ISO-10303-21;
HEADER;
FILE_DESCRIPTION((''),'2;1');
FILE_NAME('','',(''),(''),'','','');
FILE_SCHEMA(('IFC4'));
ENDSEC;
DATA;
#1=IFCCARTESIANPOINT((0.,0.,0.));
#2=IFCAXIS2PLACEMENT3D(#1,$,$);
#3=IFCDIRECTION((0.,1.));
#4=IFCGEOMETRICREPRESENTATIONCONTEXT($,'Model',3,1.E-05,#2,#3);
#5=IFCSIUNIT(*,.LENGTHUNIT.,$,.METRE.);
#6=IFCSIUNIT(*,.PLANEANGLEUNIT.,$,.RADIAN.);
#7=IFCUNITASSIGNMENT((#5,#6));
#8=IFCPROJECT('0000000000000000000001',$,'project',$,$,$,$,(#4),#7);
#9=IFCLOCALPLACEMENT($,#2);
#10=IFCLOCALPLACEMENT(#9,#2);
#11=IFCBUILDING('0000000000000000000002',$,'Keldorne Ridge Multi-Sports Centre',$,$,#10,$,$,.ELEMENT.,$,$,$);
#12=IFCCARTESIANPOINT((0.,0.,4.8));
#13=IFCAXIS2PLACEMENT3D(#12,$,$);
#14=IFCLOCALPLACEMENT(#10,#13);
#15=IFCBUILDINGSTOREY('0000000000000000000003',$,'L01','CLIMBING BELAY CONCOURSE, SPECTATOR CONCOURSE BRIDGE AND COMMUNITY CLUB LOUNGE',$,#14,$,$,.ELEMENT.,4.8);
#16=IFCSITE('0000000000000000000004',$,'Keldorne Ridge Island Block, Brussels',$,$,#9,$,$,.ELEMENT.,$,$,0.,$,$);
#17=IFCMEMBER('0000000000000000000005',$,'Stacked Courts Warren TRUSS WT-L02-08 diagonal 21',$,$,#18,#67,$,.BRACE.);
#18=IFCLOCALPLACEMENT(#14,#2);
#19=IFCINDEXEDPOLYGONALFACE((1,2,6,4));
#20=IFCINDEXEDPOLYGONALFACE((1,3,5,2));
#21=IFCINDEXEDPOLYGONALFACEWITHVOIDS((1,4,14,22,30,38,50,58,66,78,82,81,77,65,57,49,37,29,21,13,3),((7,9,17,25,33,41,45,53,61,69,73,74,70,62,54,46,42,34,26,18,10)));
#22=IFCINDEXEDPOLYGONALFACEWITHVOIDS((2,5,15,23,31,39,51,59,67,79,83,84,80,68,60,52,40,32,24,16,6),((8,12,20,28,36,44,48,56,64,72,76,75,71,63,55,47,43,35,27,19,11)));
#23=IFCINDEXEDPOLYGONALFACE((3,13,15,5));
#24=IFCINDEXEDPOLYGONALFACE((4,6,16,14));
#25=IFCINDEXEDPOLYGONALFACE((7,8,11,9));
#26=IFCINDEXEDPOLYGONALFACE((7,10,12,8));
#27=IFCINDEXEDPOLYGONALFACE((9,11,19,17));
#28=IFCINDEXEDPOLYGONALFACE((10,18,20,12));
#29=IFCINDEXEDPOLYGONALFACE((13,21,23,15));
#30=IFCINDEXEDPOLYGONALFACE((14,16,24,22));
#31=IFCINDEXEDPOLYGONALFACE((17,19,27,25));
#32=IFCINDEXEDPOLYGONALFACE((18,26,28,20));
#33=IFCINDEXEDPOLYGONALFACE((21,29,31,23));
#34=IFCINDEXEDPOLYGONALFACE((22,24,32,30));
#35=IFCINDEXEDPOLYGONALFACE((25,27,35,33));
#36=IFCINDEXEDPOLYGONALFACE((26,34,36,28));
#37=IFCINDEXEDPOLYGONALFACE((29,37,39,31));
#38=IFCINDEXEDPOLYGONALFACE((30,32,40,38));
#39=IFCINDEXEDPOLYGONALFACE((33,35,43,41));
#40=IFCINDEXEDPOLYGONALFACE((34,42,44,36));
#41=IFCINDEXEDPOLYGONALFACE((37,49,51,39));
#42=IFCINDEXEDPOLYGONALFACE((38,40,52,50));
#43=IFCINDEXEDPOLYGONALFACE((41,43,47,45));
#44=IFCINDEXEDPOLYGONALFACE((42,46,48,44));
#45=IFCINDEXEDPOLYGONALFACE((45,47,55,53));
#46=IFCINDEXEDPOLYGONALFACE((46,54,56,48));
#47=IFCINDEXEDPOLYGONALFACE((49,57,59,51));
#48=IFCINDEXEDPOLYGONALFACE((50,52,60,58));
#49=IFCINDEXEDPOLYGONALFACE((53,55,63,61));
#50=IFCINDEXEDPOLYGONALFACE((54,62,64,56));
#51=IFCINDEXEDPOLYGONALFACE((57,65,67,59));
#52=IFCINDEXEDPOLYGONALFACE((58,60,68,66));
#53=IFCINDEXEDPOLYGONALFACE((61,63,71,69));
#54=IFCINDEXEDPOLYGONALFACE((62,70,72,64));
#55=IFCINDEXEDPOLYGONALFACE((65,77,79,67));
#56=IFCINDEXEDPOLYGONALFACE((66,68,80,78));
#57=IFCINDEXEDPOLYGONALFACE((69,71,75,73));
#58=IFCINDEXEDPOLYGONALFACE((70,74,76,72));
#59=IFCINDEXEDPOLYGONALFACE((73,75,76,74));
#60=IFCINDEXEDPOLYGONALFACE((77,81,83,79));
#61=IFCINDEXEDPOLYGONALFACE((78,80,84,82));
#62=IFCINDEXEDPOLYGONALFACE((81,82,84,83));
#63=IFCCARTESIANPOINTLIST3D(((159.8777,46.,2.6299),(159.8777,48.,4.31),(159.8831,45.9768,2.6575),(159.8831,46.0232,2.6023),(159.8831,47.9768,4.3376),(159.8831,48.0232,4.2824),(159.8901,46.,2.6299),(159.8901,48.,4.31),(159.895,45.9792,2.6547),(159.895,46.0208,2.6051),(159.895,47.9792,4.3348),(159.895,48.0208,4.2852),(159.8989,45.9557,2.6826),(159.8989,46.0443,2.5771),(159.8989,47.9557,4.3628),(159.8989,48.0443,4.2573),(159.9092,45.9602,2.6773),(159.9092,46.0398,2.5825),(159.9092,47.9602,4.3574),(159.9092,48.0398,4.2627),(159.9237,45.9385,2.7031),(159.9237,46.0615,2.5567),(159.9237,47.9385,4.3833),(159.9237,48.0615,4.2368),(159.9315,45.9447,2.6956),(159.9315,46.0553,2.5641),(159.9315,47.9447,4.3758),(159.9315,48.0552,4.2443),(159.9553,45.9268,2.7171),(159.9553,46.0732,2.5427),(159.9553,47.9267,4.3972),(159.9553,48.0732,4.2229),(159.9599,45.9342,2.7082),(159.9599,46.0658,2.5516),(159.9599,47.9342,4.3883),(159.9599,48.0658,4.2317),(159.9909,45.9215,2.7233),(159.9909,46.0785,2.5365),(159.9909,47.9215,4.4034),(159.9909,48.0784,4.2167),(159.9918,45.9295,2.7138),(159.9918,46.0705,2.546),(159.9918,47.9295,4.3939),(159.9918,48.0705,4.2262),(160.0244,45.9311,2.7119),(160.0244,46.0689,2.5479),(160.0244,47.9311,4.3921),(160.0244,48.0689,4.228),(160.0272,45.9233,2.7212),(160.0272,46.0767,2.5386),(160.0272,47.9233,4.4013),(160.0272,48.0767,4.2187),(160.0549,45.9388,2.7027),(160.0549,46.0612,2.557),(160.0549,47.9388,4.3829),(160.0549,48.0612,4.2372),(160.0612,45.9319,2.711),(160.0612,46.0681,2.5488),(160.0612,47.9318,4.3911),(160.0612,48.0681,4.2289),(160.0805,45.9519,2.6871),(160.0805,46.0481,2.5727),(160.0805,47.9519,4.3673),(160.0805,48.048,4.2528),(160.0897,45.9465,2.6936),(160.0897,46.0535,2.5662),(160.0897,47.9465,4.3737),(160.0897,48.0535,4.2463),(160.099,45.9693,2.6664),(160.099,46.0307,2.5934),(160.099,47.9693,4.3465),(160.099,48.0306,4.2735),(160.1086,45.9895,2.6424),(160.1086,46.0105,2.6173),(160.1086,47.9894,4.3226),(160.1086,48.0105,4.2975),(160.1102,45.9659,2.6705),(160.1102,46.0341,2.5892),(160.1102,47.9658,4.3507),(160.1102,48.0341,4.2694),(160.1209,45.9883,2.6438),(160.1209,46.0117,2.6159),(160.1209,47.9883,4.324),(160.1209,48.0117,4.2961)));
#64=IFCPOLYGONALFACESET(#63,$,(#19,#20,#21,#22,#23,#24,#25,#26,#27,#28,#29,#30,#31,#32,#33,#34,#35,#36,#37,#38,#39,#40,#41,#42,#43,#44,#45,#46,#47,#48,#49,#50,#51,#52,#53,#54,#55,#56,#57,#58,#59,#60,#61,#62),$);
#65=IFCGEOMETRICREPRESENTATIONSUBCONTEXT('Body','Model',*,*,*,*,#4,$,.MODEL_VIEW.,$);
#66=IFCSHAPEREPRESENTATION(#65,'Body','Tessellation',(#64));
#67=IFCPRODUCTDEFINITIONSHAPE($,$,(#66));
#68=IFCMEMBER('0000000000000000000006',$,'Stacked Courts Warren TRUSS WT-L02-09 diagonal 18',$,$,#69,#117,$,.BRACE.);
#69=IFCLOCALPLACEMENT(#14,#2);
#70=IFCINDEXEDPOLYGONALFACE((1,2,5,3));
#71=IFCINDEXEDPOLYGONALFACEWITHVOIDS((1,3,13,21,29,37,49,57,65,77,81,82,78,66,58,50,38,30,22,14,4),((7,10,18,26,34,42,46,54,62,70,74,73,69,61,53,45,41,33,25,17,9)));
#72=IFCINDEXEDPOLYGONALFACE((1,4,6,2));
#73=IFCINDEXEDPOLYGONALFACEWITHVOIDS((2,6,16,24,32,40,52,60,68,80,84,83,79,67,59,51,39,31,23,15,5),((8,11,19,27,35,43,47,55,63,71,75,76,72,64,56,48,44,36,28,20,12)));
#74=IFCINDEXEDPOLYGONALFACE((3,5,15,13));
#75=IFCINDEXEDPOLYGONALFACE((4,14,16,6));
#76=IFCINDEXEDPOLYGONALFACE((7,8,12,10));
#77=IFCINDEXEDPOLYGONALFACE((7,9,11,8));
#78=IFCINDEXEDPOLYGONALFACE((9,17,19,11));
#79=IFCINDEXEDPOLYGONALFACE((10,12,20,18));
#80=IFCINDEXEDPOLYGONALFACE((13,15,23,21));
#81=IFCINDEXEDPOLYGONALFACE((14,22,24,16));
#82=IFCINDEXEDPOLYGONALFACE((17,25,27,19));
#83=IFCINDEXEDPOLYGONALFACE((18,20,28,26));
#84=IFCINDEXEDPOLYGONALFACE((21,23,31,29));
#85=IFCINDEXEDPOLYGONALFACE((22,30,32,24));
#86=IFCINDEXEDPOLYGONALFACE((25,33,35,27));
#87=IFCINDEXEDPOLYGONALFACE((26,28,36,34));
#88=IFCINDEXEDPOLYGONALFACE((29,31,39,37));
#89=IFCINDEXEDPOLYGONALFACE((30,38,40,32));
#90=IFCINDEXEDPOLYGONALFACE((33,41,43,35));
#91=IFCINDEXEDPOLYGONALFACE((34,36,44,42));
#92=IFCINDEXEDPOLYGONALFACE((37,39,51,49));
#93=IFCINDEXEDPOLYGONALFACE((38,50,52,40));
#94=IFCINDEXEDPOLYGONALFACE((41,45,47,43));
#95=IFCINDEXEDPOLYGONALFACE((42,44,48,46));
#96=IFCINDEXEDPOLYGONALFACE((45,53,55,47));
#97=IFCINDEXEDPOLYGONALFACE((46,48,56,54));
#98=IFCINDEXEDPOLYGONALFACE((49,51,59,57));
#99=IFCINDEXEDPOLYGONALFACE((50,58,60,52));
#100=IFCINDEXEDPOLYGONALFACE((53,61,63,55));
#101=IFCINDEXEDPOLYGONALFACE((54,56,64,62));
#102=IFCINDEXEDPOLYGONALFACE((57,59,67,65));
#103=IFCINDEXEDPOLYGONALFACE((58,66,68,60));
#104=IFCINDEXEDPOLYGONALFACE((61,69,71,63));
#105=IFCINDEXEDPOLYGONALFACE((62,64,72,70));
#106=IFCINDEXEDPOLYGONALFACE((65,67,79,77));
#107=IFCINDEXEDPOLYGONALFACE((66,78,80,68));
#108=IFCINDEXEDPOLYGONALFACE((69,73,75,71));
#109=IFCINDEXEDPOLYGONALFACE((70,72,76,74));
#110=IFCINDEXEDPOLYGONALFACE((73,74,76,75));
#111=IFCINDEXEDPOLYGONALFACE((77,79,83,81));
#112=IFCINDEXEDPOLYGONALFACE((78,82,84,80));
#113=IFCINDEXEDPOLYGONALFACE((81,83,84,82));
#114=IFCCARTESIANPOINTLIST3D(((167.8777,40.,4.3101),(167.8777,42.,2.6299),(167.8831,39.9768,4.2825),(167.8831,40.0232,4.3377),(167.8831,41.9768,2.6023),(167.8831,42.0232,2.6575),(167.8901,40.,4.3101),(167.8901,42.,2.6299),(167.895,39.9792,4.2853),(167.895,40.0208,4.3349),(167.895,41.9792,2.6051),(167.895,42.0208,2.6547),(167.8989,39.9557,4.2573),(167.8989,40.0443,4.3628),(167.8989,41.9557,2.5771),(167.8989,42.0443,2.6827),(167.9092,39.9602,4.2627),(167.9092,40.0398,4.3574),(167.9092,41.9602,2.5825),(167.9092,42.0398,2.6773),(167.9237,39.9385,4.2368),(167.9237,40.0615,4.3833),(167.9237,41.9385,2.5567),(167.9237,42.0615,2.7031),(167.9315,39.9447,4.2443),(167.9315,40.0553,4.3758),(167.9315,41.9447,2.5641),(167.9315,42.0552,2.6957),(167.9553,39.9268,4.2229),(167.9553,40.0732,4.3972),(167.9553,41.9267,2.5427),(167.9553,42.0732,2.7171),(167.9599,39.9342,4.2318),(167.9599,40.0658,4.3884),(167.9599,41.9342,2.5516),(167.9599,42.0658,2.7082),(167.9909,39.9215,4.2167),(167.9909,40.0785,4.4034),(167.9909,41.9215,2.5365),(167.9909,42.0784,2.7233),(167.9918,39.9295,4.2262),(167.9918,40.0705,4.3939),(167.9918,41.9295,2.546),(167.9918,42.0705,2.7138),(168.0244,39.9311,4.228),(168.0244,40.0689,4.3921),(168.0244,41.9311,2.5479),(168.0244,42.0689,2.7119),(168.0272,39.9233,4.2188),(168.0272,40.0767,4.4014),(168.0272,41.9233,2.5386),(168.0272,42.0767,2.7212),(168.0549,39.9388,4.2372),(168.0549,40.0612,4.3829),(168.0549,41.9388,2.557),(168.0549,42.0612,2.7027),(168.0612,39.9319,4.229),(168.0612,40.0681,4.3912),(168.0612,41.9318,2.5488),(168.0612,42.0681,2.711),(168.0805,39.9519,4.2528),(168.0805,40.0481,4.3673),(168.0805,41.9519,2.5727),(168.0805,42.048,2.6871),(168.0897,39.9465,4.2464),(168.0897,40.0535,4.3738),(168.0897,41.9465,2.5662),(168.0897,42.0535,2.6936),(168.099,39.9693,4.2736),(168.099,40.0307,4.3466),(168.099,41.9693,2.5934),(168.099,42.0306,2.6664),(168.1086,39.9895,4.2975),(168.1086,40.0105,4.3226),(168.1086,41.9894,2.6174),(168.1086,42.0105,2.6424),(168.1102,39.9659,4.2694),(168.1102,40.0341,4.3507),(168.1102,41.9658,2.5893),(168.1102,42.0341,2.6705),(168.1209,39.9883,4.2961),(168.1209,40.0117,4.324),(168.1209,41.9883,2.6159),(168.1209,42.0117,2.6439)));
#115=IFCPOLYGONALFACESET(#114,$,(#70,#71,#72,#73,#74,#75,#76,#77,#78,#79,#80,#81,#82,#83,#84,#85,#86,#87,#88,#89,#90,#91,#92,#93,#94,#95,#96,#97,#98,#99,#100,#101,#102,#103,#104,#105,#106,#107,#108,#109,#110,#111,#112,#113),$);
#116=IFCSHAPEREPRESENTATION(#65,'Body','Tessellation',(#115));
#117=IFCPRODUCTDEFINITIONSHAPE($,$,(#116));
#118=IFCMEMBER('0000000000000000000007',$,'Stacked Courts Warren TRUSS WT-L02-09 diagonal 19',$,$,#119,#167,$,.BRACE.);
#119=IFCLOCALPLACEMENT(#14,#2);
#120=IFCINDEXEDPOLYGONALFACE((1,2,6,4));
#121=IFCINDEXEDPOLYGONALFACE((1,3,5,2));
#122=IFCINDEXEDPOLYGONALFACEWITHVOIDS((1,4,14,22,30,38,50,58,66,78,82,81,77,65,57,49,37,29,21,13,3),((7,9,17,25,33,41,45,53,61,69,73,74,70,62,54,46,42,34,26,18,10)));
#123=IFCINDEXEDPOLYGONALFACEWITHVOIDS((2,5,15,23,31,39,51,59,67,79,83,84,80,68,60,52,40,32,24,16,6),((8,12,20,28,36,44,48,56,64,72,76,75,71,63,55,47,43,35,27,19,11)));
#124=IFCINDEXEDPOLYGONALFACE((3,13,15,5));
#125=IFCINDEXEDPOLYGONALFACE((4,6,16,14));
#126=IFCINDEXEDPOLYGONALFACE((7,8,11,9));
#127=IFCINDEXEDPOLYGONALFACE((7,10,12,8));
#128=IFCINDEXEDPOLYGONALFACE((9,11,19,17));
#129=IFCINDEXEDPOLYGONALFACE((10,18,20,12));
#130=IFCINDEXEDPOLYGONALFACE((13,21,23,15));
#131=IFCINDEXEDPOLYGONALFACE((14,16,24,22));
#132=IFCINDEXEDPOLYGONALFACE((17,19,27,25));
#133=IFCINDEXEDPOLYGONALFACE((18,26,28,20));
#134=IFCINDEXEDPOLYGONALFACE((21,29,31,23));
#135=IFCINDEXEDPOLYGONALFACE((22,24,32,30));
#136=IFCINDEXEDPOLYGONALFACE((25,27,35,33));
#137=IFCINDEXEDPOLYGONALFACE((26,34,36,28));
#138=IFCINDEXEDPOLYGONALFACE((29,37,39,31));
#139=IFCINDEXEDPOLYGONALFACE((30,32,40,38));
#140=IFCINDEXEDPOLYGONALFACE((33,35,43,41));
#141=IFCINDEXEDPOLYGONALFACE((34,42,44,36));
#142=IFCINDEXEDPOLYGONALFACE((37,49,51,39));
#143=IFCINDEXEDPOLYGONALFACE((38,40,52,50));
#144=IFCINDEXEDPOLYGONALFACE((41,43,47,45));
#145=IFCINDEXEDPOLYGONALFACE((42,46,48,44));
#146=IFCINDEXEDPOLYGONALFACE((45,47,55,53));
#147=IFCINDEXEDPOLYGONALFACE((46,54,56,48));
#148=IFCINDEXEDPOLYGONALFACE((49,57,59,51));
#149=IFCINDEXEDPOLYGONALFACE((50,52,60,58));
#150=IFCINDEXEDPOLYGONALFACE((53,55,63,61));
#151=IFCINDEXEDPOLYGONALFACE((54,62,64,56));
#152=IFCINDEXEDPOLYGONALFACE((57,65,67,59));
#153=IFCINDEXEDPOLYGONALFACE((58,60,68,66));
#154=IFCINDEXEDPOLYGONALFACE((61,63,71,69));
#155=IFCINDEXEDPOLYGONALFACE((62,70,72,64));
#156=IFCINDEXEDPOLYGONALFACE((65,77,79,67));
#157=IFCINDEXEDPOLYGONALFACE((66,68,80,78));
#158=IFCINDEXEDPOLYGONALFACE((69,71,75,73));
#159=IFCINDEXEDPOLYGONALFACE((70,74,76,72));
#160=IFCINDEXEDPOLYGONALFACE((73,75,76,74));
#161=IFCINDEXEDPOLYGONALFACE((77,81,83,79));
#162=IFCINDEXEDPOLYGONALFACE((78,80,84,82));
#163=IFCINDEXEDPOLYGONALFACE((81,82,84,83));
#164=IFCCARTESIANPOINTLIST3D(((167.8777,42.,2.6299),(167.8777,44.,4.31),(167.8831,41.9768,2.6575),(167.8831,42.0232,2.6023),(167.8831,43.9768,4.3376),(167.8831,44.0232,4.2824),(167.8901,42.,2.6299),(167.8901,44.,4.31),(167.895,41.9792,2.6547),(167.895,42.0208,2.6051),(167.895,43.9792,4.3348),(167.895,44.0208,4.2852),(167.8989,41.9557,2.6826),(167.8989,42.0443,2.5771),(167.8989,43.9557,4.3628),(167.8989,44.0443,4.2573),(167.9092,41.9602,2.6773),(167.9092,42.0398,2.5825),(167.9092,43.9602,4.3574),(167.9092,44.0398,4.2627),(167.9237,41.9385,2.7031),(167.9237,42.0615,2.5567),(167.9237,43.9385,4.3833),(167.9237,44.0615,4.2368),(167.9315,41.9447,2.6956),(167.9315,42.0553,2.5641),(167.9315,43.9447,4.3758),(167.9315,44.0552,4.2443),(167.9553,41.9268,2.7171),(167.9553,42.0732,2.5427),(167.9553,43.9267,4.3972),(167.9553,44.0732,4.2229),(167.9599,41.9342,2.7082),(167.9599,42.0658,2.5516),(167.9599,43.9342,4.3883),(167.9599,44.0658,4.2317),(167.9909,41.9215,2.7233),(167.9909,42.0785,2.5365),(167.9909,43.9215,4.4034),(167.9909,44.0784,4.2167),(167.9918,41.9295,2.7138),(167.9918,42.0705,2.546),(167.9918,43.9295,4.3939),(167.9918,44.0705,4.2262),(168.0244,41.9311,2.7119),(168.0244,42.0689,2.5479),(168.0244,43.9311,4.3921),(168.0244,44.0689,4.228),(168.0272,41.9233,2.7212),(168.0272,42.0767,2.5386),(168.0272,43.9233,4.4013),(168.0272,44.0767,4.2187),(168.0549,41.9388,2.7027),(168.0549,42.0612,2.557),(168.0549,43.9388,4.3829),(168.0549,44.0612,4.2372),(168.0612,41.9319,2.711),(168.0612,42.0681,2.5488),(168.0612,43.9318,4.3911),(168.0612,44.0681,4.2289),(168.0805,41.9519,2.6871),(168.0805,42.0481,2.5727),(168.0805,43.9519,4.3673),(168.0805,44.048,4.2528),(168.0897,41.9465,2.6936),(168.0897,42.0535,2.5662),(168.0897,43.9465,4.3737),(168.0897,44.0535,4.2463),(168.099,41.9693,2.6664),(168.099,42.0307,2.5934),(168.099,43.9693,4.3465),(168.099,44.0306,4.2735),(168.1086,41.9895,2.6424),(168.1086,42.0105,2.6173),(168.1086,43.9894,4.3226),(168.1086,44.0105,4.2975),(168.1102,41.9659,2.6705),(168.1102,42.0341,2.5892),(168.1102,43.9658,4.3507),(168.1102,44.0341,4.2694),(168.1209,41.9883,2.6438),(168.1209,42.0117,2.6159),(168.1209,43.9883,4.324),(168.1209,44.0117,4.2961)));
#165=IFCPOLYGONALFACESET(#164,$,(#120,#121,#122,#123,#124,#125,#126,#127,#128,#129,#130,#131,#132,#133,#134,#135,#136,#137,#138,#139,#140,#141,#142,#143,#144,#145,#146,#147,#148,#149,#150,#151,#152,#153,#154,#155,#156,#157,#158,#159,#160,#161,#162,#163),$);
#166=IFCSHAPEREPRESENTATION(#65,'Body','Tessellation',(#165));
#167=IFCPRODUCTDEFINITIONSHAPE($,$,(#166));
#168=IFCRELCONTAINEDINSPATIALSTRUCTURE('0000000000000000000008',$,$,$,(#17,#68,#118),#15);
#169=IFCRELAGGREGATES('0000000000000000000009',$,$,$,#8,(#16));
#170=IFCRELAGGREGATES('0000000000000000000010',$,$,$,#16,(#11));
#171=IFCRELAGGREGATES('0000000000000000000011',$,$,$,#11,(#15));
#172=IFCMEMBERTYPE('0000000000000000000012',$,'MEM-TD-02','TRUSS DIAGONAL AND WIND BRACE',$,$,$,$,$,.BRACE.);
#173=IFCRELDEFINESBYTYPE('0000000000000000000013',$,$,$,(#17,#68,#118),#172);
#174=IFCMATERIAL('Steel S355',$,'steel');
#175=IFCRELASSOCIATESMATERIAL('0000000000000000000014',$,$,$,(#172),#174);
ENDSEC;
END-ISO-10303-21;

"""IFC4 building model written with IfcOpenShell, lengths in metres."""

from ifc_helpers import new_model, si_unit, direction, frame, origin, origin_2d, place, context, subcontext, project, spatial, hollow_circle, extrude, material, material_profile, profile_set, type_object, element, save


model = new_model("IFC4")

# Units and contexts
model_context = context("Model", 3, precision=1e-05, world=origin(), true_north=direction((0.0, 1.0)))
body_context = subcontext(model_context, "Body", "Model", "MODEL_VIEW")
ifc_project = project(units=[si_unit("LENGTHUNIT", "METRE"), si_unit("PLANEANGLEUNIT", "RADIAN")], contexts=[model_context])

# Site, building, storey
site_placement = place(None, origin())
site = spatial("IfcSite", under=ifc_project, at=site_placement, Name="Keldorne Ridge Island Block, Brussels", CompositionType="ELEMENT", RefElevation=0.0)
building_placement = place(site_placement, origin())
building = spatial("IfcBuilding", under=site, at=building_placement, Name="Keldorne Ridge Multi-Sports Centre", CompositionType="ELEMENT")
storey_placement = place(building_placement, frame((0.0, 0.0, 4.8)))
storey = spatial("IfcBuildingStorey", under=building, at=storey_placement, Name="L01", Description="CLIMBING BELAY CONCOURSE, SPECTATOR CONCOURSE BRIDGE AND COMMUNITY CLUB LOUNGE", CompositionType="ELEMENT", Elevation=4.8)

# Shared definitions
ifc_material = material(Name="Steel S355", Category="steel")

# Members
ifc_material_profile_1 = material_profile(ifc_material, hollow_circle(Radius=0.1223, WallThickness=0.0125, at=origin_2d()), Name="CHS 244.5x12.5")
ifc_profile_set_1 = profile_set([ifc_material_profile_1], Name="Steel S355")
member_type_1 = type_object("IfcMemberType", Name="MEM-TD-02", Description="TRUSS DIAGONAL AND WIND BRACE", PredefinedType="BRACE", material=ifc_profile_set_1)
for number, where, z_axis, x_axis, name in (
    (1, (160.0, 46.0, 2.6299), (0.0, 0.765672, 0.643232), (-1.0, 0.0, 0.0), "Stacked Courts Warren TRUSS WT-L02-08 diagonal 21"),
    (2, (168.0, 40.0, 4.3101), (0.0, 0.765672, -0.643232), (-1.0, 0.0, 0.0), "Stacked Courts Warren TRUSS WT-L02-09 diagonal 18"),
    (3, (168.0, 42.0, 2.6299), (0.0, 0.765672, 0.643232), (-1.0, 0.0, 0.0), "Stacked Courts Warren TRUSS WT-L02-09 diagonal 19"),
):
    element("IfcMember", number, at=place(storey_placement, frame(where, z_axis=z_axis, x_axis=x_axis)), inside=storey, type_object=member_type_1, Name=name, PredefinedType="BRACE", context=body_context, shape_type="SweptSolid", body=[
        extrude(hollow_circle(Radius=0.1223, WallThickness=0.0125, at=origin_2d()), origin(), (0.0, 0.0, 1.0), 2.6121),
    ])

save(model, "model.ifc")
